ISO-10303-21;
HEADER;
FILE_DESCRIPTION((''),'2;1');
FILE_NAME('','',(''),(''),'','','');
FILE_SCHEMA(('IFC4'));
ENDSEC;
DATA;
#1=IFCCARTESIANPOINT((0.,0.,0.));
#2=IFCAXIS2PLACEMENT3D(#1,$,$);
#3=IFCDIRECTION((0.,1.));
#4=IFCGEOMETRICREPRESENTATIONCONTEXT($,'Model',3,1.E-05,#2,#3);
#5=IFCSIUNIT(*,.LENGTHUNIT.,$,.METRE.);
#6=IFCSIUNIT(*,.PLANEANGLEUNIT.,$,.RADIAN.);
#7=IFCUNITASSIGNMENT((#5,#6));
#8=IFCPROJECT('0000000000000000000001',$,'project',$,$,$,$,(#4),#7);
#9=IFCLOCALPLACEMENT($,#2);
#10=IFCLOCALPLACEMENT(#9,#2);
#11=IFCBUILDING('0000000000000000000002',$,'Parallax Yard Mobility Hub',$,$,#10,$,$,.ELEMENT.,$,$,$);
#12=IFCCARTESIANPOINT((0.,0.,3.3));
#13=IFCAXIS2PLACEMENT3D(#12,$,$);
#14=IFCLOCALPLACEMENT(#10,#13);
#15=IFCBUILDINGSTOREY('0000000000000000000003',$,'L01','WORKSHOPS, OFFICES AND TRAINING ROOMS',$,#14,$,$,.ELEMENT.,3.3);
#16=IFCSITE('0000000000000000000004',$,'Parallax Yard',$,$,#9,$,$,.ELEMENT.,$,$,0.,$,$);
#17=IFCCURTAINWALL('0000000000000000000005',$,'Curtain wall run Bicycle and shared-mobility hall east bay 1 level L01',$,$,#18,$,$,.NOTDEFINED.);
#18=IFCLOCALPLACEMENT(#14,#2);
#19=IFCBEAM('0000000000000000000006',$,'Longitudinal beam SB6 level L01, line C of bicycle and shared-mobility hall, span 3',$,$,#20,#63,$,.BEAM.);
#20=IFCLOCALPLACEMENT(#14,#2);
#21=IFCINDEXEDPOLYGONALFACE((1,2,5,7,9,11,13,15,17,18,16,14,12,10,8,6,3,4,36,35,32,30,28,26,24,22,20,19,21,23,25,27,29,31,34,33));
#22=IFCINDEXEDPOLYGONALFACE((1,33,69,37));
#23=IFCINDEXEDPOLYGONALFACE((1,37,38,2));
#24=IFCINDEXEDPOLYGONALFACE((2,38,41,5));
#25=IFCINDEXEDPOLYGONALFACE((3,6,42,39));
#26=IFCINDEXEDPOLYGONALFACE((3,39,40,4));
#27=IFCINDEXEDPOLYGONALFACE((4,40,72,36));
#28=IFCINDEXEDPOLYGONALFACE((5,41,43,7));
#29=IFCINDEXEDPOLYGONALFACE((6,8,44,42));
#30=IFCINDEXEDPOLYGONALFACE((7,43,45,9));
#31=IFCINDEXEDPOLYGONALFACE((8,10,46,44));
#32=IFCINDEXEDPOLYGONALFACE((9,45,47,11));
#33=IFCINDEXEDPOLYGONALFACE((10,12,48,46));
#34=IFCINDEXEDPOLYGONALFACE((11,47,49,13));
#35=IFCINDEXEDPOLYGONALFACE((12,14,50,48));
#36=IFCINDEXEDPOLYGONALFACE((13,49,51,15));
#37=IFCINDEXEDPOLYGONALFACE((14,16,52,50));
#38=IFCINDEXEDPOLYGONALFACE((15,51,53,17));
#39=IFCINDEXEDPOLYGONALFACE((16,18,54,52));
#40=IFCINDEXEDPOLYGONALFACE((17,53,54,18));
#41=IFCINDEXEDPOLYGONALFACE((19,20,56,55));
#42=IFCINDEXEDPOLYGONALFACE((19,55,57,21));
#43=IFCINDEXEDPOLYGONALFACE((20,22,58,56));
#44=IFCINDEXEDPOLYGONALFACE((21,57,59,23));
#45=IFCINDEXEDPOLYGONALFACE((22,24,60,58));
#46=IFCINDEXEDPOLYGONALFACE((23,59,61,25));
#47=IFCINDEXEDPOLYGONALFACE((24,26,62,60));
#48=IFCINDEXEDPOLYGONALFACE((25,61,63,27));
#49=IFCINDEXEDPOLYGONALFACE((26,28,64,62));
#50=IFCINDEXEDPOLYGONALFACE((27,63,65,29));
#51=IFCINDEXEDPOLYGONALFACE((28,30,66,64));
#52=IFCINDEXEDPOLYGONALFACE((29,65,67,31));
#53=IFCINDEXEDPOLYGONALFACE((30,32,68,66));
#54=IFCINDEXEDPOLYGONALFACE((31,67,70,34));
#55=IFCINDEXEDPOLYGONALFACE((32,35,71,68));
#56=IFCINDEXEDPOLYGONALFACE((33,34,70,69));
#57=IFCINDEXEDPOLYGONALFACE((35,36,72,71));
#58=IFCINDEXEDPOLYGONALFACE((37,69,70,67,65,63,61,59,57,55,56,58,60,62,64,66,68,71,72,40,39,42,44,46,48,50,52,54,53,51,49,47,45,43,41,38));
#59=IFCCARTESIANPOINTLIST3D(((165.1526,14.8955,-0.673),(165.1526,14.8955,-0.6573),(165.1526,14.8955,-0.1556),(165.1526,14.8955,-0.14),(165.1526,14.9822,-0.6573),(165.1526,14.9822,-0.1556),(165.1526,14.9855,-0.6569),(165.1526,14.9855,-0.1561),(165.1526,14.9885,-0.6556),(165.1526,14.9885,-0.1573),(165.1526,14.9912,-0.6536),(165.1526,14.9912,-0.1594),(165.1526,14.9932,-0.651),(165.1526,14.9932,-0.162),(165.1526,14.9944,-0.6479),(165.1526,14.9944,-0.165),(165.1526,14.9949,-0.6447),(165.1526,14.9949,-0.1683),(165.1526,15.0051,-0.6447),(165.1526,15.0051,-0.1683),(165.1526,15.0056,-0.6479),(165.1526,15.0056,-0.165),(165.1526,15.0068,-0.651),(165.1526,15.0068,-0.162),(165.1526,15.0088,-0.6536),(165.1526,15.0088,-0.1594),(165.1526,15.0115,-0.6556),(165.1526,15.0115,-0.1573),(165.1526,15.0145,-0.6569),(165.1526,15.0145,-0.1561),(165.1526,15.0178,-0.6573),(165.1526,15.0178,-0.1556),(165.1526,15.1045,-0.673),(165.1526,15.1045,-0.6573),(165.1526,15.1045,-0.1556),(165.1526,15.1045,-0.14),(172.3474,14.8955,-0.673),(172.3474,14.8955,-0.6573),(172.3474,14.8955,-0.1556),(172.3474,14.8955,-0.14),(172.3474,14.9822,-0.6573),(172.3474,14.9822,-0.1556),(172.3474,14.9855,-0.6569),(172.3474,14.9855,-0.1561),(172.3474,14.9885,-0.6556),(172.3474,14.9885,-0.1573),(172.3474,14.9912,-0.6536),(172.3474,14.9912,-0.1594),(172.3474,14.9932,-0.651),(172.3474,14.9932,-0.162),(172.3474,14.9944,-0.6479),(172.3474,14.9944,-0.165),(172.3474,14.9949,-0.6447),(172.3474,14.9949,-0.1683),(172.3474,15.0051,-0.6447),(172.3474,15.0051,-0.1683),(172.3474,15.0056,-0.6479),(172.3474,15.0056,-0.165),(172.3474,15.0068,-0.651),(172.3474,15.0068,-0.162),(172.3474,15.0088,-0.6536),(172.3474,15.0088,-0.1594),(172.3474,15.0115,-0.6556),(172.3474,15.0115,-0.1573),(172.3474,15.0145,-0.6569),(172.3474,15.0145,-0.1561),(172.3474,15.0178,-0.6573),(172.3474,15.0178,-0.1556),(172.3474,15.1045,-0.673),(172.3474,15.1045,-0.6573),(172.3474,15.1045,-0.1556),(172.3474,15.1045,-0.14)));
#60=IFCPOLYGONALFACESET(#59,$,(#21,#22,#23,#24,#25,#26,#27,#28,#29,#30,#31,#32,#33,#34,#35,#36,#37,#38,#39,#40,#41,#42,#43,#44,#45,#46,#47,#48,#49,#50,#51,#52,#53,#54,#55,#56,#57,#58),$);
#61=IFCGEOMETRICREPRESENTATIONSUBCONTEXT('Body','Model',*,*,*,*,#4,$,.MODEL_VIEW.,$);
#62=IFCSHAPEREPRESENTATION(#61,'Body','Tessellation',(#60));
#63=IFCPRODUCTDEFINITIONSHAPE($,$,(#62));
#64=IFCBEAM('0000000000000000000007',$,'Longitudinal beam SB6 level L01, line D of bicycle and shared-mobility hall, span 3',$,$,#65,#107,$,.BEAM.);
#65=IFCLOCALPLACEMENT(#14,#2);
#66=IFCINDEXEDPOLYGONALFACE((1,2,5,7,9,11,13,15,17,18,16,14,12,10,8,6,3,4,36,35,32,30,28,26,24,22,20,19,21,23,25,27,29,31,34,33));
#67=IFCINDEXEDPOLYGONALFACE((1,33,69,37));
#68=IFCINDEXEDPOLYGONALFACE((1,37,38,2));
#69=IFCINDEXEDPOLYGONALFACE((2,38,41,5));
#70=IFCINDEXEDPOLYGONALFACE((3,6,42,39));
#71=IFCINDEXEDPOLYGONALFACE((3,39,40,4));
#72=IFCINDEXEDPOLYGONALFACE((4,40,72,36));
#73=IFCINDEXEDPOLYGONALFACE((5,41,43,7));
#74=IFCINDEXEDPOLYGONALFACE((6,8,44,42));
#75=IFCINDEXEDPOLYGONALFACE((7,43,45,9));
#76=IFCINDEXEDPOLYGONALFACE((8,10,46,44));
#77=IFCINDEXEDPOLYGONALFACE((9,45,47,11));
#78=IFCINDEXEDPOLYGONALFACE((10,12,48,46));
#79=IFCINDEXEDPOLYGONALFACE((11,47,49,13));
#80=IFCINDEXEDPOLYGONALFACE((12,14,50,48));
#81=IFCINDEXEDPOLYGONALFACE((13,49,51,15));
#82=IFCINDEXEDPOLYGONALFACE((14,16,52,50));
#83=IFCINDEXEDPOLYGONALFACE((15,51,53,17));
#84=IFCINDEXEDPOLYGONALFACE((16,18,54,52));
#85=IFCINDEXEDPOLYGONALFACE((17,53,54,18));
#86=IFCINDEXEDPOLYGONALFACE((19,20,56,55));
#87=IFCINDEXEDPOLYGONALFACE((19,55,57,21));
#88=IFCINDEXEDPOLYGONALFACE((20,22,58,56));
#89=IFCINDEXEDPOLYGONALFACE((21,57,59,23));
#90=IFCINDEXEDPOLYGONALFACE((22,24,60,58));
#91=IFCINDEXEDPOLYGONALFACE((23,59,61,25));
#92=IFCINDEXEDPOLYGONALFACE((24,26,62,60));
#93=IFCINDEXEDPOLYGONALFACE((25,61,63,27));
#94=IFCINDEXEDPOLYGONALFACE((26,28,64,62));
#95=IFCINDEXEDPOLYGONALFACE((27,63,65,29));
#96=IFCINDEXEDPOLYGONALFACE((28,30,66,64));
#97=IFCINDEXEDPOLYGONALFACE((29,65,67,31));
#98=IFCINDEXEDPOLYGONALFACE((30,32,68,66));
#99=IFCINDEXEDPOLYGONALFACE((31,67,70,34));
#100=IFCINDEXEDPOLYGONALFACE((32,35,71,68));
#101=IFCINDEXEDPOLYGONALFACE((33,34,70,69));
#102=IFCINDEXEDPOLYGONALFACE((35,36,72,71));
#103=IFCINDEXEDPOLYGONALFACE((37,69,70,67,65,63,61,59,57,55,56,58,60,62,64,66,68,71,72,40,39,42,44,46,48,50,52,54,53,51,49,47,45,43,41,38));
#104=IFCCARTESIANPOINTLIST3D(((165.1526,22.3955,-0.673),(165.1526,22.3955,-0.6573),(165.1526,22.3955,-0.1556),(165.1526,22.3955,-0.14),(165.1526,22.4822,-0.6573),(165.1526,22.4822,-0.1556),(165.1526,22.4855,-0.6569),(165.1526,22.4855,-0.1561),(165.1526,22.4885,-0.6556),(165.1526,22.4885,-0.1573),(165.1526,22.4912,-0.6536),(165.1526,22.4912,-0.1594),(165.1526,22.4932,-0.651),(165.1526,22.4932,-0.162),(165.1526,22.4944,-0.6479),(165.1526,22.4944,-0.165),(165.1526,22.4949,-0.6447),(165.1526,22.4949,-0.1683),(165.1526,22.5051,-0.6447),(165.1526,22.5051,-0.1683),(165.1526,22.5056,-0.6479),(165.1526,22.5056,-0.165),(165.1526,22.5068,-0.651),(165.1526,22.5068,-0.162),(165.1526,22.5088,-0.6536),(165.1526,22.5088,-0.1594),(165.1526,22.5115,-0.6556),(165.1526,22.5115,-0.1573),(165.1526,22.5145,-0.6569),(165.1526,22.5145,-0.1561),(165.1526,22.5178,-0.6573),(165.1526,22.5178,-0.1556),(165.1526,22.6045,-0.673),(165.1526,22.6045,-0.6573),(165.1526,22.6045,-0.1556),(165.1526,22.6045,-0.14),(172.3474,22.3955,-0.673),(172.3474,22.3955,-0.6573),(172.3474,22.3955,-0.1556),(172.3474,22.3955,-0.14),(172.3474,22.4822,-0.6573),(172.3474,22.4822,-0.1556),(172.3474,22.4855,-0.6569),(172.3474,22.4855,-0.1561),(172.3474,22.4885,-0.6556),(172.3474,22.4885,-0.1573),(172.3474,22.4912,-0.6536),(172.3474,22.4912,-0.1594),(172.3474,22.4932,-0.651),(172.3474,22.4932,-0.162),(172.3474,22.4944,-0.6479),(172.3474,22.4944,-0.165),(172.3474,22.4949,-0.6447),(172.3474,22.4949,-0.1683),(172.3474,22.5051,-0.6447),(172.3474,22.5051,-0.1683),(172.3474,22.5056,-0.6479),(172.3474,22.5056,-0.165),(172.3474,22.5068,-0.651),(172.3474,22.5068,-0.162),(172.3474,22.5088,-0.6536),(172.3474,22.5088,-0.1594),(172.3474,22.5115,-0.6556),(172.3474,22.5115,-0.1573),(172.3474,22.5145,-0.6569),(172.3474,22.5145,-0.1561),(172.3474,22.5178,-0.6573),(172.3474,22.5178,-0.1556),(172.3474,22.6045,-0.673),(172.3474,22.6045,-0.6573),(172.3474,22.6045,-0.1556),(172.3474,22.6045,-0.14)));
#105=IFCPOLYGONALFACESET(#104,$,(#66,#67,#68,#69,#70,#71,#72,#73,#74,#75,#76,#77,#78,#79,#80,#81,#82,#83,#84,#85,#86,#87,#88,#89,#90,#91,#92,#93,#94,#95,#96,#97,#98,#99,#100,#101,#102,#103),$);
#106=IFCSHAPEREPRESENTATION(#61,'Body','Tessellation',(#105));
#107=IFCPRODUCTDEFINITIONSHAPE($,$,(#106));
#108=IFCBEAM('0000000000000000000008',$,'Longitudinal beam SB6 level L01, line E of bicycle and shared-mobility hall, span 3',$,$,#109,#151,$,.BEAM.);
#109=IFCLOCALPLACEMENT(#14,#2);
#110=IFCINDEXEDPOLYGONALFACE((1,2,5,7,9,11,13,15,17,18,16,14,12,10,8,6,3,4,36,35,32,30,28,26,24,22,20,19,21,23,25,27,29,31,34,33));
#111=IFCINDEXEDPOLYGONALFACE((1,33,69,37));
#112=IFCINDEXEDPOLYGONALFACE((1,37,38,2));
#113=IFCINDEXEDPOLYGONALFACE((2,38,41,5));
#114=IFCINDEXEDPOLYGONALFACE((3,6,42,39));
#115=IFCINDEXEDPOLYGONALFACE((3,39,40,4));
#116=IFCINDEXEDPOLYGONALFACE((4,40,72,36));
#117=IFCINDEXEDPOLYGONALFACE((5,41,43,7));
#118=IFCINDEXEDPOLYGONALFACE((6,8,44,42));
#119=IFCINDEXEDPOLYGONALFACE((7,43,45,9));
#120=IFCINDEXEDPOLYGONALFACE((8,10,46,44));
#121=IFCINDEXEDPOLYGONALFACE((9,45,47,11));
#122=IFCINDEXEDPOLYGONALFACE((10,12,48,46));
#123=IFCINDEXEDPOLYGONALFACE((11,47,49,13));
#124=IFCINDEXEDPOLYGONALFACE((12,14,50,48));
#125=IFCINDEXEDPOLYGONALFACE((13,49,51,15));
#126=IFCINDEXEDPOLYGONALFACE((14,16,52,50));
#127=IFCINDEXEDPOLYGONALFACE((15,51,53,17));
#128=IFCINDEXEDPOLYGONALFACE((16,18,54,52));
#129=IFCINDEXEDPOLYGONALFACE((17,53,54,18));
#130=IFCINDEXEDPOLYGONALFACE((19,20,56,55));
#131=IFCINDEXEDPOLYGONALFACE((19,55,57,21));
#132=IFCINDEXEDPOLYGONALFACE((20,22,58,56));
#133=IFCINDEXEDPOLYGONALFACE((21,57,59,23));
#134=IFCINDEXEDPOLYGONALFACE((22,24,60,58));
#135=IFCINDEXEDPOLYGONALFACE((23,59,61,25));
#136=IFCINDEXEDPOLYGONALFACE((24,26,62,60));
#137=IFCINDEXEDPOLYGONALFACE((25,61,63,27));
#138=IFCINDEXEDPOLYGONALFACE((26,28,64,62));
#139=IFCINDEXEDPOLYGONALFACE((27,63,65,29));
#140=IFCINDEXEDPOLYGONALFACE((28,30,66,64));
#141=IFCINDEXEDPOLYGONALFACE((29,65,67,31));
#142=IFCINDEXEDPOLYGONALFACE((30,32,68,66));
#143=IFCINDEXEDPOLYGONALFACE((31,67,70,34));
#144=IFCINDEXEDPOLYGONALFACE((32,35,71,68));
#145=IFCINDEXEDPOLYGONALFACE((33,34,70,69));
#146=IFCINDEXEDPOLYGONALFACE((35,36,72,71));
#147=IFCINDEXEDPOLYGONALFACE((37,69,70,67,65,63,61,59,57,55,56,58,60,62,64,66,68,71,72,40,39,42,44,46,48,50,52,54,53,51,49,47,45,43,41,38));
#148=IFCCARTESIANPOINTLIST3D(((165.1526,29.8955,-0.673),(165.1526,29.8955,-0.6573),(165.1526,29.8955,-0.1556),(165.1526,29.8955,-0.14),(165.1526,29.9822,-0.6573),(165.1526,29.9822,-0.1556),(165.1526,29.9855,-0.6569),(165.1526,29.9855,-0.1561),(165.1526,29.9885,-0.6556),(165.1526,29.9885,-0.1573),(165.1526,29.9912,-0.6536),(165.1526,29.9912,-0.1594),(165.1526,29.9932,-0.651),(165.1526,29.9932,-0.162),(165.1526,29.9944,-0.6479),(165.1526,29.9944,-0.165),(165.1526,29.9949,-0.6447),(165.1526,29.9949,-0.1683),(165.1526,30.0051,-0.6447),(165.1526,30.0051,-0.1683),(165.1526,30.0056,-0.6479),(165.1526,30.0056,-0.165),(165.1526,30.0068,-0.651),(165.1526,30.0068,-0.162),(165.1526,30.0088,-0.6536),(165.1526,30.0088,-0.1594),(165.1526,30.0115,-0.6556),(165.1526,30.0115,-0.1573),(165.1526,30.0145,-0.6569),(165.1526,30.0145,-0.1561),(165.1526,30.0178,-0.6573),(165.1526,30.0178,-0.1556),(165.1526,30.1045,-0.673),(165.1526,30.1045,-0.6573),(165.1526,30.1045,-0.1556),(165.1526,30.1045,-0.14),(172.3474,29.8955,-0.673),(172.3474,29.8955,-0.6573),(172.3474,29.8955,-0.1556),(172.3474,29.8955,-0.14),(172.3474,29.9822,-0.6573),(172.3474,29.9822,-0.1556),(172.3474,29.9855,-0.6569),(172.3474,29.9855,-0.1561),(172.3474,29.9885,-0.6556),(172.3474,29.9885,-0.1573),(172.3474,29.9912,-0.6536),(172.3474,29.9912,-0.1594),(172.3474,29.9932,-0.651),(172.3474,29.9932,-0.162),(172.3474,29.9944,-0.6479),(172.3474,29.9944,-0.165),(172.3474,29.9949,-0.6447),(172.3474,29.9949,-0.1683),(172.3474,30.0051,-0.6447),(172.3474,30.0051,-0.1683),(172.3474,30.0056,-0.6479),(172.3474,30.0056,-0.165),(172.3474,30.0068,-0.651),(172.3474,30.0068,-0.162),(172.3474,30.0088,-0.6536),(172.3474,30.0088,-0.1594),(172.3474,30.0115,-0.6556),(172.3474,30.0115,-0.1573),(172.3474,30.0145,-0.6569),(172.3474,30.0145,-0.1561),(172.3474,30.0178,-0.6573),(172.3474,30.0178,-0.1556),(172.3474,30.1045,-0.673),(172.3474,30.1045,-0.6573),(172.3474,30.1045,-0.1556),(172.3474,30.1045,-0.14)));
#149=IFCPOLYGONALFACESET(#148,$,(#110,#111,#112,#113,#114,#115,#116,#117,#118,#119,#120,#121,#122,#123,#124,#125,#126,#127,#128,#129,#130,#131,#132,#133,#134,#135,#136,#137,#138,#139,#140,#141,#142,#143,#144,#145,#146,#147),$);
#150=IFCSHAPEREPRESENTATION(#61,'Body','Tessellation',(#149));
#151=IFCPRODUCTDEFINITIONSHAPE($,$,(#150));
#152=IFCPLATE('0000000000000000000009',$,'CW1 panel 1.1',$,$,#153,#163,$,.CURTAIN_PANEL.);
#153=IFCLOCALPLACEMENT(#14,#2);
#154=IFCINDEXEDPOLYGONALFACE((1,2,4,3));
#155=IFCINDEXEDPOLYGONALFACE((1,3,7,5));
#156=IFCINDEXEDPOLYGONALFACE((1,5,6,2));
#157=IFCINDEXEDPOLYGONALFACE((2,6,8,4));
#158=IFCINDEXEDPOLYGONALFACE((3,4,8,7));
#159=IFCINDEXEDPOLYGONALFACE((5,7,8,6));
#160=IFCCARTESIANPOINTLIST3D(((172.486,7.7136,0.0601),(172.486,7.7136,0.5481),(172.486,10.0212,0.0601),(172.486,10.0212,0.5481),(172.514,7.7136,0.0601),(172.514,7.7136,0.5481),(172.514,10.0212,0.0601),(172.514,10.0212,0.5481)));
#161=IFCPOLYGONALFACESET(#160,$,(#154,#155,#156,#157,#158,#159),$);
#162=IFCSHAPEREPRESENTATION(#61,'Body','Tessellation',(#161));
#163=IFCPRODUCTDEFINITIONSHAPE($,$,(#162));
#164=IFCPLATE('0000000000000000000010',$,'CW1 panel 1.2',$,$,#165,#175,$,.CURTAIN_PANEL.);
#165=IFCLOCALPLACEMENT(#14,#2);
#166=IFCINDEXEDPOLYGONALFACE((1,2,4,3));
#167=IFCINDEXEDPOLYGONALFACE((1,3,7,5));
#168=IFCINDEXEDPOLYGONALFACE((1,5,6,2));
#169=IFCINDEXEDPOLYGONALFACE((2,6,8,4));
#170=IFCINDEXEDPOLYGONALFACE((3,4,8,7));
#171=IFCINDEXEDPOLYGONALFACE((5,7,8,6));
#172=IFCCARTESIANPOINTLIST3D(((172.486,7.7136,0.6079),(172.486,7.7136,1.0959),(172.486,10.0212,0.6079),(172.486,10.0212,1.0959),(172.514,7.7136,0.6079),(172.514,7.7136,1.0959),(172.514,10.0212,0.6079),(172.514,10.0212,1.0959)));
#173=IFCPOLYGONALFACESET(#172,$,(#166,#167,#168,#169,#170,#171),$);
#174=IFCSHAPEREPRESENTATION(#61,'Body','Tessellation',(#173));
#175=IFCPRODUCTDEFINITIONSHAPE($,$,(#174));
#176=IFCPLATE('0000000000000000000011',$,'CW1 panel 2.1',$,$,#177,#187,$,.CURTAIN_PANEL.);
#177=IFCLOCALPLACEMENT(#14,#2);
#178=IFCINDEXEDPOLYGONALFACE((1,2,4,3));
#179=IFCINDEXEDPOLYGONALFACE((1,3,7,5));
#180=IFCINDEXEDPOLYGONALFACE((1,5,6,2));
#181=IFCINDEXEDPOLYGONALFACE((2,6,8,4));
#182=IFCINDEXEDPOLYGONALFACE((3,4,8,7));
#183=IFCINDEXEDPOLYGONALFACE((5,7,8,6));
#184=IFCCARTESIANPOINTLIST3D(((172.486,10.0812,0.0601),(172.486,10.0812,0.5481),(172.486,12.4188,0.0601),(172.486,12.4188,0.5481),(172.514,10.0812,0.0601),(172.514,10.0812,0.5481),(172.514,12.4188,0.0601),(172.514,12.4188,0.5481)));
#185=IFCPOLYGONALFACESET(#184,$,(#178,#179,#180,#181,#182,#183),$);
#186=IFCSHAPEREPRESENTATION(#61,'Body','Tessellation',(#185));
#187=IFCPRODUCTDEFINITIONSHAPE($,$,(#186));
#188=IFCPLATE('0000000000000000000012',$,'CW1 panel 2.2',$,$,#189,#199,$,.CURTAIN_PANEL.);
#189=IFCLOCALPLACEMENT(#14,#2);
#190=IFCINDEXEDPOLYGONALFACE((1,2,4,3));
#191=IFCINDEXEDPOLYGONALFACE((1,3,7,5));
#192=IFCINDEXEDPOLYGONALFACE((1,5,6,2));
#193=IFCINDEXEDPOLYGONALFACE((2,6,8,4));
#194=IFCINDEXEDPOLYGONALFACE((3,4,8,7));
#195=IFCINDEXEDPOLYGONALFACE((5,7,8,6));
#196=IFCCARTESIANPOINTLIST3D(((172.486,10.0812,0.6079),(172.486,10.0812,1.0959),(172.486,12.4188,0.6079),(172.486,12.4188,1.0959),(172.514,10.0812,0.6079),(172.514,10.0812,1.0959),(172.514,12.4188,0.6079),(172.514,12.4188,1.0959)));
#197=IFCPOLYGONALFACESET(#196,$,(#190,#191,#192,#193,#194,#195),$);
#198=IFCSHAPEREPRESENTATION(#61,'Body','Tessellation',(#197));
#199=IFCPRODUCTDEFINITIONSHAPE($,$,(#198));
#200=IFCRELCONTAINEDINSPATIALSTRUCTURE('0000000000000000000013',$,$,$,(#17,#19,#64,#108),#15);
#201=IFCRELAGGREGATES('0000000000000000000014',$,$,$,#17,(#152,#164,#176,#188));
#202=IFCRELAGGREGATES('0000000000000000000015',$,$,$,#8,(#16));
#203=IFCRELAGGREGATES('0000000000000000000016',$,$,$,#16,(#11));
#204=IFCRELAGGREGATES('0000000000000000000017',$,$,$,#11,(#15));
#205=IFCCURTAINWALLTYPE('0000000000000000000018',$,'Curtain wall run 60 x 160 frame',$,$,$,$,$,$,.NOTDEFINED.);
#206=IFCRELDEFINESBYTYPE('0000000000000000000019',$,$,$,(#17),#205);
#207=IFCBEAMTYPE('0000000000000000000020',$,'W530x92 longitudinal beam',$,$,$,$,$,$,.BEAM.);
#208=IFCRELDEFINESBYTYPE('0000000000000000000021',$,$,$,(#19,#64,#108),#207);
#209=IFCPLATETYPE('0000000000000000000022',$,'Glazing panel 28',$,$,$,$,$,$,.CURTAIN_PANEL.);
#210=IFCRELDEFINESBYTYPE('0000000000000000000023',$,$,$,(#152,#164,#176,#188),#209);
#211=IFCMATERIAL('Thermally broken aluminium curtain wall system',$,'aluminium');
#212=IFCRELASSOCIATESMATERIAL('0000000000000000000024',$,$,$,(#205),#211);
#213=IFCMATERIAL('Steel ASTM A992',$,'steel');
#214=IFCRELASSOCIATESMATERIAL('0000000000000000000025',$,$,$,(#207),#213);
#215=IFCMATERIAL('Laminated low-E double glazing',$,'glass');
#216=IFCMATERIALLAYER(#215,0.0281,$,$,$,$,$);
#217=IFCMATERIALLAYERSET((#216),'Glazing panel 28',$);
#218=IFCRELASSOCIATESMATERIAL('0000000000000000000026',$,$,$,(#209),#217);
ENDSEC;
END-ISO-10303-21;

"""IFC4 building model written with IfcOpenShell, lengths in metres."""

from ifc_helpers import new_model, si_unit, direction, frame, origin, origin_2d, place, context, subcontext, project, spatial, rectangle, i_section, extrude, material, layer, layer_set, material_profile, profile_set, type_object, element, aggregate, save


model = new_model("IFC4")

# Units and contexts
model_context = context("Model", 3, precision=1e-05, world=origin(), true_north=direction((0.0, 1.0)))
body_context = subcontext(model_context, "Body", "Model", "MODEL_VIEW")
ifc_project = project(units=[si_unit("LENGTHUNIT", "METRE"), si_unit("PLANEANGLEUNIT", "RADIAN")], contexts=[model_context])

# Site, building, storey
site_placement = place(None, origin())
site = spatial("IfcSite", under=ifc_project, at=site_placement, Name="Parallax Yard", CompositionType="ELEMENT", RefElevation=0.0)
building_placement = place(site_placement, origin())
building = spatial("IfcBuilding", under=site, at=building_placement, Name="Parallax Yard Mobility Hub", CompositionType="ELEMENT")
storey_placement = place(building_placement, frame((0.0, 0.0, 3.3)))
storey = spatial("IfcBuildingStorey", under=building, at=storey_placement, Name="L01", Description="WORKSHOPS, OFFICES AND TRAINING ROOMS", CompositionType="ELEMENT", Elevation=3.3)

# Shared definitions
ifc_material_1 = material(Name="Steel ASTM A992", Category="steel")

# Curtain wall
ifc_material_2 = material(Name="Thermally broken aluminium curtain wall system", Category="aluminium")
curtain_wall_type = type_object("IfcCurtainWallType", Name="Curtain wall run 60 x 160 frame", PredefinedType="NOTDEFINED", material=ifc_material_2)
curtain_wall_placement = place(storey_placement, origin())
curtain_wall = element("IfcCurtainWall", 1, at=curtain_wall_placement, inside=storey, type_object=curtain_wall_type, Name="Curtain wall run Bicycle and shared-mobility hall east bay 1 level L01", PredefinedType="NOTDEFINED")

# Beams
ifc_material_profile_1 = material_profile(ifc_material_1, i_section(OverallWidth=0.209, OverallDepth=0.533, WebThickness=0.0103, FlangeThickness=0.0156, FilletRadius=0.0127, at=origin_2d()), Name="W530x92")
ifc_profile_set_1 = profile_set([ifc_material_profile_1], Name="Steel ASTM A992")
beam_type_1 = type_object("IfcBeamType", Name="W530x92 longitudinal beam", PredefinedType="BEAM", material=ifc_profile_set_1)
for number, where, z_axis, x_axis, name in (
    (2, (165.1526, 15.0, -0.4065), (1.0, 0.0, 0.0), (0.0, 1.0, 0.0), "Longitudinal beam SB6 level L01, line C of bicycle and shared-mobility hall, span 3"),
    (3, (165.1526, 22.5, -0.4065), (1.0, 0.0, 0.0), (0.0, 1.0, 0.0), "Longitudinal beam SB6 level L01, line D of bicycle and shared-mobility hall, span 3"),
    (4, (165.1526, 30.0, -0.4065), (1.0, 0.0, 0.0), (0.0, 1.0, 0.0), "Longitudinal beam SB6 level L01, line E of bicycle and shared-mobility hall, span 3"),
):
    element("IfcBeam", number, at=place(storey_placement, frame(where, z_axis=z_axis, x_axis=x_axis)), inside=storey, type_object=beam_type_1, Name=name, PredefinedType="BEAM", context=body_context, shape_type="SweptSolid", body=[
        extrude(i_section(OverallWidth=0.209, OverallDepth=0.533, WebThickness=0.0103, FlangeThickness=0.0156, FilletRadius=0.0127, at=origin_2d()), origin(), (0.0, 0.0, 1.0), 7.1948),
    ])

# Plates
ifc_material_3 = material(Name="Laminated low-E double glazing", Category="glass")
ifc_layer_1 = layer(ifc_material_3, 0.0281)
ifc_layer_set_1 = layer_set([ifc_layer_1], Name="Glazing panel 28")
plate_type = type_object("IfcPlateType", Name="Glazing panel 28", PredefinedType="CURTAIN_PANEL", material=ifc_layer_set_1)
plate_1_placement = place(storey_placement, frame((172.5, 8.8674, 0.0601), z_axis=(0.0, 0.0, 1.0), x_axis=(0.0, 1.0, 0.0)))
plate_1 = element("IfcPlate", 5, at=plate_1_placement, type_object=plate_type, Name="CW1 panel 1.1", PredefinedType="CURTAIN_PANEL", context=body_context, shape_type="SweptSolid", body=[
    extrude(rectangle(XDim=2.3076, YDim=0.0281, at=origin_2d()), origin(), (0.0, 0.0, 1.0), 0.488),
])
plate_2_placement = place(storey_placement, frame((172.5, 8.8674, 0.6079), z_axis=(0.0, 0.0, 1.0), x_axis=(0.0, 1.0, 0.0)))
plate_2 = element("IfcPlate", 6, at=plate_2_placement, type_object=plate_type, Name="CW1 panel 1.2", PredefinedType="CURTAIN_PANEL", context=body_context, shape_type="SweptSolid", body=[
    extrude(rectangle(XDim=2.3076, YDim=0.0281, at=origin_2d()), origin(), (0.0, 0.0, 1.0), 0.488),
])
plate_3_placement = place(storey_placement, frame((172.5, 11.25, 0.0601), z_axis=(0.0, 0.0, 1.0), x_axis=(0.0, 1.0, 0.0)))
plate_3 = element("IfcPlate", 7, at=plate_3_placement, type_object=plate_type, Name="CW1 panel 2.1", PredefinedType="CURTAIN_PANEL", context=body_context, shape_type="SweptSolid", body=[
    extrude(rectangle(XDim=2.3376, YDim=0.0281, at=origin_2d()), origin(), (0.0, 0.0, 1.0), 0.488),
])
plate_4_placement = place(storey_placement, frame((172.5, 11.25, 0.6079), z_axis=(0.0, 0.0, 1.0), x_axis=(0.0, 1.0, 0.0)))
plate_4 = element("IfcPlate", 8, at=plate_4_placement, type_object=plate_type, Name="CW1 panel 2.2", PredefinedType="CURTAIN_PANEL", context=body_context, shape_type="SweptSolid", body=[
    extrude(rectangle(XDim=2.3376, YDim=0.0281, at=origin_2d()), origin(), (0.0, 0.0, 1.0), 0.488),
])
aggregate(curtain_wall, [plate_1, plate_2, plate_3, plate_4])

save(model, "model.ifc")
